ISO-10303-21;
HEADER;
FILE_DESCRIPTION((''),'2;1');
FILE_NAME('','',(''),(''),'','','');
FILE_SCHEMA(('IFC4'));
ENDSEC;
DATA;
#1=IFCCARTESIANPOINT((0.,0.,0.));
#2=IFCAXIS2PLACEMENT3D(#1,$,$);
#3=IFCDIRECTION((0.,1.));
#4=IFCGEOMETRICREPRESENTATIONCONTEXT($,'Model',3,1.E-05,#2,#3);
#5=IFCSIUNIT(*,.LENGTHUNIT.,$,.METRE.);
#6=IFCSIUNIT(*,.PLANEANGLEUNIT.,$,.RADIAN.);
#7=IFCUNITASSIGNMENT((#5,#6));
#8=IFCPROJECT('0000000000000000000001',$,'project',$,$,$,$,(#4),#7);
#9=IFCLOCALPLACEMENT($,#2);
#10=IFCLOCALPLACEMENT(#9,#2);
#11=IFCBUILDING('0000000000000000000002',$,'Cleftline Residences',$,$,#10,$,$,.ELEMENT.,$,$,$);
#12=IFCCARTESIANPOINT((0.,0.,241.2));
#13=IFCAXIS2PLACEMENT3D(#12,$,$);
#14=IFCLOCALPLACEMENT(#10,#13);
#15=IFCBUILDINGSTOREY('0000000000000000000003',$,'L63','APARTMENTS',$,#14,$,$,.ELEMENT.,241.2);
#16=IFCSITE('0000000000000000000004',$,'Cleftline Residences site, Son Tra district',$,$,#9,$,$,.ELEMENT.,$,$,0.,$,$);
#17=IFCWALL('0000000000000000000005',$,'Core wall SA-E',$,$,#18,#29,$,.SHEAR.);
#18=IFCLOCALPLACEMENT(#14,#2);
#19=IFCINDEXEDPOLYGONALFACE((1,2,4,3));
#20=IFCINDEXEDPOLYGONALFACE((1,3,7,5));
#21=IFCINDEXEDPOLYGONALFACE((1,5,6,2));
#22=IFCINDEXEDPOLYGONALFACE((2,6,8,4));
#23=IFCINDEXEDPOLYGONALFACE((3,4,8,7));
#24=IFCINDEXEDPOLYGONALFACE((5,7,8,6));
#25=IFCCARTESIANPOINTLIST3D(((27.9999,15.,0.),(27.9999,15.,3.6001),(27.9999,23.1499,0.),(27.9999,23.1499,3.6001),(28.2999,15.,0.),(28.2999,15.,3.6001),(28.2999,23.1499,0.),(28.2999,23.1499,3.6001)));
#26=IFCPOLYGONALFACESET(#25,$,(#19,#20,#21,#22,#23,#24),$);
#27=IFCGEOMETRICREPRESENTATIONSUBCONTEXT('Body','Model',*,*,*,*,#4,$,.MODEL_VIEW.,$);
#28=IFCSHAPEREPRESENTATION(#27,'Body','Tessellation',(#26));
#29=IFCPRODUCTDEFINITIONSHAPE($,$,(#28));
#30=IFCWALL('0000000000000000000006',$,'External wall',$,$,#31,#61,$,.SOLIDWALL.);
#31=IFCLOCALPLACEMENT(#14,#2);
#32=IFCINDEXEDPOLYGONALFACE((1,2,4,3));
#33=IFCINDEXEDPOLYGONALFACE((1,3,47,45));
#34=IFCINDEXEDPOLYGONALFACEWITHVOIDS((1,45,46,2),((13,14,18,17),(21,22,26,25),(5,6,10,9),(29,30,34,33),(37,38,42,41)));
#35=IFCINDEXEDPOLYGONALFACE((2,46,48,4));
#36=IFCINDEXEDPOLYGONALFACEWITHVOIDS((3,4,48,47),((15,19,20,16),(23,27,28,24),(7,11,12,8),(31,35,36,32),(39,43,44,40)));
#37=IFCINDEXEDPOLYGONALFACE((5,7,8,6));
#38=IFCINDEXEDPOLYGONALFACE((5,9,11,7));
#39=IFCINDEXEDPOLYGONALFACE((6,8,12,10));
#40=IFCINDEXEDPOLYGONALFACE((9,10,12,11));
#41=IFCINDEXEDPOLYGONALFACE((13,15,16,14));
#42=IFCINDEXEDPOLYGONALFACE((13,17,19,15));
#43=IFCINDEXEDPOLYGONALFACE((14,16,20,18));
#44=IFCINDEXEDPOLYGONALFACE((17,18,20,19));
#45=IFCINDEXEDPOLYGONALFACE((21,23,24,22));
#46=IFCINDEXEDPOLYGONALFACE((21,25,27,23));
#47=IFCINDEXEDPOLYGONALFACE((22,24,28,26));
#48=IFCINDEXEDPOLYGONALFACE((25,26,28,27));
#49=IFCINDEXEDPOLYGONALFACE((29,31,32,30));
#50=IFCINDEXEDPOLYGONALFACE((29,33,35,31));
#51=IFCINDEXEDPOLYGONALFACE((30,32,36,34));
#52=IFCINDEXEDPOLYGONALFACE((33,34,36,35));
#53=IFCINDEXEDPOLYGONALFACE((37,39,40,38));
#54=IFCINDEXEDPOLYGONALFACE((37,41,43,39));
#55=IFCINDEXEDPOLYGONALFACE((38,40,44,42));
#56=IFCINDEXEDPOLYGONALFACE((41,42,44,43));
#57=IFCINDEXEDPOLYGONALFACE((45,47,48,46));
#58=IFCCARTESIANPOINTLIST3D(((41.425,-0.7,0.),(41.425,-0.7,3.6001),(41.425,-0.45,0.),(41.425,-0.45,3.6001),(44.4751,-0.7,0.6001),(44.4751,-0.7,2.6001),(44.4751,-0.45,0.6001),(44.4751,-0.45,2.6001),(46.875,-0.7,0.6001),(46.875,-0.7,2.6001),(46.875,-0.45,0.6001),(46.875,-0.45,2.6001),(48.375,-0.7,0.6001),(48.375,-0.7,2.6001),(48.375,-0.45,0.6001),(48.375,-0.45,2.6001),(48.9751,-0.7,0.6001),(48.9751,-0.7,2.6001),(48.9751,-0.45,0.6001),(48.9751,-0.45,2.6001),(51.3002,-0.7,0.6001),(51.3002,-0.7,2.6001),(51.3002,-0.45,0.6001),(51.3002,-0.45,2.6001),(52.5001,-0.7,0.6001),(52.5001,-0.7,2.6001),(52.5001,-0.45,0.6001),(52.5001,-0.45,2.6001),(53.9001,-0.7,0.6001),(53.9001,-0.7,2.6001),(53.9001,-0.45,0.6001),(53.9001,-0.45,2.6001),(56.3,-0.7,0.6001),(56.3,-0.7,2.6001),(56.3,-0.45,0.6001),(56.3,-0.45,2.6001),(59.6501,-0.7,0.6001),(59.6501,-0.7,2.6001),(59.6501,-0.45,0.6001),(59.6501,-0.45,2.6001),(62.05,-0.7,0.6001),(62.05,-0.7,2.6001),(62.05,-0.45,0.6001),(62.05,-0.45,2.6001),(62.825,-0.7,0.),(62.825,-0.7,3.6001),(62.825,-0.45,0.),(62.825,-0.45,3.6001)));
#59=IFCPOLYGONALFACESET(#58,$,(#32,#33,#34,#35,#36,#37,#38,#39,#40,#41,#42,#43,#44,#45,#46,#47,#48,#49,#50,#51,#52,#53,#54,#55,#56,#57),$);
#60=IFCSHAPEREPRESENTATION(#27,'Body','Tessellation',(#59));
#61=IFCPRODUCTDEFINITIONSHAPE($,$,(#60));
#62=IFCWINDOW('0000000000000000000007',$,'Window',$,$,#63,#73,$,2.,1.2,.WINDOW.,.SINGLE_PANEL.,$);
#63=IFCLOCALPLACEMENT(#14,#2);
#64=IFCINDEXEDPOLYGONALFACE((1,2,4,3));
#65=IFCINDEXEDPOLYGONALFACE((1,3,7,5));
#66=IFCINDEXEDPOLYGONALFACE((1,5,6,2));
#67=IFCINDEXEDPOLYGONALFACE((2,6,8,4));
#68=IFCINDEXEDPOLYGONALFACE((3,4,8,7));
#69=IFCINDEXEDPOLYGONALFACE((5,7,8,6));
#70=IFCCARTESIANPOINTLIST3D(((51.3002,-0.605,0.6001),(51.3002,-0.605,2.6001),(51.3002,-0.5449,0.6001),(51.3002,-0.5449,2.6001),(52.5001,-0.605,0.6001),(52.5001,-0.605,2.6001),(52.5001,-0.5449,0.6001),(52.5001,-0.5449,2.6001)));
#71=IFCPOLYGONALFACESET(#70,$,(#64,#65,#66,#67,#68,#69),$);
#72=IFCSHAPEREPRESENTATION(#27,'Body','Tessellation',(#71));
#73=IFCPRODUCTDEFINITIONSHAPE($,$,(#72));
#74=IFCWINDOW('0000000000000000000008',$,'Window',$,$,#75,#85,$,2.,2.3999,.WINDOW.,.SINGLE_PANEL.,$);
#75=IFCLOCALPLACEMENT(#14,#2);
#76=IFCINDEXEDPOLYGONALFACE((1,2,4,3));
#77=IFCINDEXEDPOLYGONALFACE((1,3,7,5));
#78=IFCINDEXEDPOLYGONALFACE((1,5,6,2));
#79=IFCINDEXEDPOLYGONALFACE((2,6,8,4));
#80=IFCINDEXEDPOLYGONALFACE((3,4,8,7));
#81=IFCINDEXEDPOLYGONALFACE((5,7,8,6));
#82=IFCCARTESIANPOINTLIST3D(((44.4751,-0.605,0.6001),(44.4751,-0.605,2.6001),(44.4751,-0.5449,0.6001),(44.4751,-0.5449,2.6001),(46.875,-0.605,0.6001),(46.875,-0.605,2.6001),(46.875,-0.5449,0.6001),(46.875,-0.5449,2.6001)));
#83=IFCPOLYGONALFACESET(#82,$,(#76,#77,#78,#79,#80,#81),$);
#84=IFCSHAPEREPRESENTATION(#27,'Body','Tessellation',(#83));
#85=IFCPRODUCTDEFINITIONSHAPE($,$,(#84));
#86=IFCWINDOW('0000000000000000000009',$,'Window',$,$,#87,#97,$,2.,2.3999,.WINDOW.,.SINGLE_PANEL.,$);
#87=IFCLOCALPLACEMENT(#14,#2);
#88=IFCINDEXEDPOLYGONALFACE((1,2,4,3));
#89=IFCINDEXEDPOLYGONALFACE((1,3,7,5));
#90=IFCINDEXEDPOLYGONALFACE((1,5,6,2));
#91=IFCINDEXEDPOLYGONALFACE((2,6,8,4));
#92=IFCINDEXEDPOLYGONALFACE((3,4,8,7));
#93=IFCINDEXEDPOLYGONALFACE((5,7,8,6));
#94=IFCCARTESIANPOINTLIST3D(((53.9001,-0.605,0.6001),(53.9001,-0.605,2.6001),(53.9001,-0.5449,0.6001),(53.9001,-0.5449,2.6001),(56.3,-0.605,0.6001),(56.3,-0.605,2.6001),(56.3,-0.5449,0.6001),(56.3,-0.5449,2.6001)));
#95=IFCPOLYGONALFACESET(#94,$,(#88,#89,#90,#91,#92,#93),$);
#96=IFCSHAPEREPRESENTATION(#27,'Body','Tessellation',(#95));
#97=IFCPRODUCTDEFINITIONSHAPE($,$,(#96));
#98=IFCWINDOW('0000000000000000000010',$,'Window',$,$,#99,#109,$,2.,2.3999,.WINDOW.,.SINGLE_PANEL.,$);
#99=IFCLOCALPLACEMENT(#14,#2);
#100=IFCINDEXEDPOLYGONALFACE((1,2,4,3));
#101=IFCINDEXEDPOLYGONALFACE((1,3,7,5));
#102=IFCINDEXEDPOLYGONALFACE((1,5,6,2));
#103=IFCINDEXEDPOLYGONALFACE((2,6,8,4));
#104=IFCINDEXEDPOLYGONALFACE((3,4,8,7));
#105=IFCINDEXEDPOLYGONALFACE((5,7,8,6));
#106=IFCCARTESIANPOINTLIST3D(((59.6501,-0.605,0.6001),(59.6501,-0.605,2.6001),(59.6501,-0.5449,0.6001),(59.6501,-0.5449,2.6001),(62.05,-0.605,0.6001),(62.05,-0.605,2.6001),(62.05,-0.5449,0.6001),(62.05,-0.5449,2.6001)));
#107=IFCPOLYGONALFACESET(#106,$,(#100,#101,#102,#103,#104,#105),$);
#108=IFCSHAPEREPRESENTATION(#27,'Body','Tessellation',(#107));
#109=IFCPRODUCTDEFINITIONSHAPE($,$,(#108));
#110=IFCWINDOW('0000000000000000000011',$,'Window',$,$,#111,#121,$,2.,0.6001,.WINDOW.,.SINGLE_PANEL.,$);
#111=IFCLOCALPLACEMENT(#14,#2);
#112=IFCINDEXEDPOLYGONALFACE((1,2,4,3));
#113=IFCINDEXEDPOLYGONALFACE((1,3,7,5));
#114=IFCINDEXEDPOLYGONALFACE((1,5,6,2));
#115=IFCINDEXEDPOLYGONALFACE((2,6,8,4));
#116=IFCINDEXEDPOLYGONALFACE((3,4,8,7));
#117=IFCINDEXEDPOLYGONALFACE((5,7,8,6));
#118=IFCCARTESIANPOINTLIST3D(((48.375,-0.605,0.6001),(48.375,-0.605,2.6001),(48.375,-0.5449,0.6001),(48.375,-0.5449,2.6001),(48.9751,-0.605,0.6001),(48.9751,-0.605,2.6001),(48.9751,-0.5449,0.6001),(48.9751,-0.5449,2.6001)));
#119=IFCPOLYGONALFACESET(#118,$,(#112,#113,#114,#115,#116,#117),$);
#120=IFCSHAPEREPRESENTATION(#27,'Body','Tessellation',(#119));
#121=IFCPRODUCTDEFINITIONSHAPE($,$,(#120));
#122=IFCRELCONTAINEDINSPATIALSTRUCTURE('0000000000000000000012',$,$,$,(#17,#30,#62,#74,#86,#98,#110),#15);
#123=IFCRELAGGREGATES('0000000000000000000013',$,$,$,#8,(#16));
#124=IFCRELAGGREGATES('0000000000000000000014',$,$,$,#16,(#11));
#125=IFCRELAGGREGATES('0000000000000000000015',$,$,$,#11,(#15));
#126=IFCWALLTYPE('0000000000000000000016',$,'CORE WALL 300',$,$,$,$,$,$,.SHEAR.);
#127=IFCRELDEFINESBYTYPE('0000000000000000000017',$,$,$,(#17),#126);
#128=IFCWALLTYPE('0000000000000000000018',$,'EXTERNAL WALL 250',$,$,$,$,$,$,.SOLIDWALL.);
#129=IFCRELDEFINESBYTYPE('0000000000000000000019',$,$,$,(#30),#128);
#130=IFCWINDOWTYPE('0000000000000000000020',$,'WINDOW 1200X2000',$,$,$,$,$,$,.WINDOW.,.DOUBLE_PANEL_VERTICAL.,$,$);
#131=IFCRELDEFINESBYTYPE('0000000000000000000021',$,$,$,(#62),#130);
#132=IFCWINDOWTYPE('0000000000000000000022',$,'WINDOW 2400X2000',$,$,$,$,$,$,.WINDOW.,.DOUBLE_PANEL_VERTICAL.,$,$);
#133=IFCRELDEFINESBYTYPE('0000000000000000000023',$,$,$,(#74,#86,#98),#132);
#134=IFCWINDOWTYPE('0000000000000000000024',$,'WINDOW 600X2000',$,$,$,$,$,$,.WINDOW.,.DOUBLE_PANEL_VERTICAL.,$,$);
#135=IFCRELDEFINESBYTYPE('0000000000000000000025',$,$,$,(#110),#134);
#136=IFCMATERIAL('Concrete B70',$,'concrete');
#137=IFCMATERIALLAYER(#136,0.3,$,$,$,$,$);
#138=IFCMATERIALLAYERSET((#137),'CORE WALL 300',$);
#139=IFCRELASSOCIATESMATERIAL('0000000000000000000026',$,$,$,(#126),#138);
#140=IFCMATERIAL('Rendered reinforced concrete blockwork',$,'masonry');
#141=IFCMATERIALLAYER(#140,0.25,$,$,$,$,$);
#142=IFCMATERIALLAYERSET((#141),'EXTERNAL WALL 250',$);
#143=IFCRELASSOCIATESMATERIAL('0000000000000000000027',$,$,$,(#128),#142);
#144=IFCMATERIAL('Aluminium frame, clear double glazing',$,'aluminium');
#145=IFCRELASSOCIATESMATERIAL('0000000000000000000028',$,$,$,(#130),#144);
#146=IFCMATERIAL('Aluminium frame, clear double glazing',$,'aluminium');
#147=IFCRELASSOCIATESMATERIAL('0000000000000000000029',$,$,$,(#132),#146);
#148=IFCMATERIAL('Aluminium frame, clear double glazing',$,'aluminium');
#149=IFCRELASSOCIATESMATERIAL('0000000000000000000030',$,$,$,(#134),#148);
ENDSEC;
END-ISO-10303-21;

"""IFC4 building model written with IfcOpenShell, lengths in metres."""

from ifc_helpers import new_model, si_unit, direction, frame, frame_2d, origin, place, context, subcontext, project, spatial, rectangle, extrude, material, layer, layer_set, type_object, element, fill, save


model = new_model("IFC4")

# Units and contexts
model_context = context("Model", 3, precision=1e-05, world=origin(), true_north=direction((0.0, 1.0)))
body_context = subcontext(model_context, "Body", "Model", "MODEL_VIEW")
ifc_project = project(units=[si_unit("LENGTHUNIT", "METRE"), si_unit("PLANEANGLEUNIT", "RADIAN")], contexts=[model_context])

# Site, building, storey
site_placement = place(None, origin())
site = spatial("IfcSite", under=ifc_project, at=site_placement, Name="Cleftline Residences site, Son Tra district", CompositionType="ELEMENT", RefElevation=0.0)
building_placement = place(site_placement, origin())
building = spatial("IfcBuilding", under=site, at=building_placement, Name="Cleftline Residences", CompositionType="ELEMENT")
storey_placement = place(building_placement, frame((0.0, 0.0, 241.2)))
storey = spatial("IfcBuildingStorey", under=building, at=storey_placement, Name="L63", Description="APARTMENTS", CompositionType="ELEMENT", Elevation=241.2)

# Wall
ifc_material_1 = material(Name="Concrete B70", Category="concrete")
ifc_layer_1 = layer(ifc_material_1, 0.3)
ifc_layer_set_1 = layer_set([ifc_layer_1], Name="CORE WALL 300")
wall_type_1 = type_object("IfcWallType", Name="CORE WALL 300", PredefinedType="SHEAR", material=ifc_layer_set_1)
wall_1_placement = place(storey_placement, frame((28.1499, 15.0, 0.0), z_axis=(0.0, 0.0, 1.0), x_axis=(0.0, 1.0, 0.0)))
element("IfcWall", 1, at=wall_1_placement, inside=storey, type_object=wall_type_1, Name="Core wall SA-E", PredefinedType="SHEAR", context=body_context, shape_type="SweptSolid", body=[
    extrude(rectangle(XDim=8.1499, YDim=0.3, at=frame_2d((4.075, 0.0))), origin(), (0.0, 0.0, 1.0), 3.6001),
])

# Wall, openings, windows
ifc_material_2 = material(Name="Rendered reinforced concrete blockwork", Category="masonry")
ifc_layer_2 = layer(ifc_material_2, 0.25)
ifc_layer_set_2 = layer_set([ifc_layer_2], Name="EXTERNAL WALL 250")
wall_type_2 = type_object("IfcWallType", Name="EXTERNAL WALL 250", PredefinedType="SOLIDWALL", material=ifc_layer_set_2)
wall_2_placement = place(storey_placement, frame((41.425, -0.575, 0.0), z_axis=(0.0, 0.0, 1.0), x_axis=(1.0, 0.0, 0.0)))
wall_2 = element("IfcWall", 2, at=wall_2_placement, inside=storey, type_object=wall_type_2, Name="External wall", PredefinedType="SOLIDWALL", context=body_context, shape_type="SweptSolid", body=[
    extrude(rectangle(XDim=21.3999, YDim=0.25, at=frame_2d((10.7, 0.0))), origin(), (0.0, 0.0, 1.0), 3.6001),
])
opening_1_placement = place(wall_2_placement, frame((3.05, 0.0, 0.6001)))
opening_1 = element("IfcOpeningElement", 3, at=opening_1_placement, cuts=wall_2, PredefinedType="OPENING", context=body_context, shape_type="SweptSolid", body=[
    extrude(rectangle(XDim=2.3999, YDim=2.0, at=frame_2d((1.2, 1.0))), frame((0.0, 0.135, 0.0), z_axis=(0.0, -1.0, 0.0), x_axis=(1.0, 0.0, 0.0)), (0.0, 0.0, 1.0), 0.27),
])
opening_2_placement = place(wall_2_placement, frame((6.95, 0.0, 0.6001)))
opening_2 = element("IfcOpeningElement", 4, at=opening_2_placement, cuts=wall_2, PredefinedType="OPENING", context=body_context, shape_type="SweptSolid", body=[
    extrude(rectangle(XDim=0.6001, YDim=2.0, at=frame_2d((0.3, 1.0))), frame((0.0, 0.135, 0.0), z_axis=(0.0, -1.0, 0.0), x_axis=(1.0, 0.0, 0.0)), (0.0, 0.0, 1.0), 0.27),
])
opening_3_placement = place(wall_2_placement, frame((9.875, 0.0, 0.6001)))
opening_3 = element("IfcOpeningElement", 5, at=opening_3_placement, cuts=wall_2, PredefinedType="OPENING", context=body_context, shape_type="SweptSolid", body=[
    extrude(rectangle(XDim=1.2, YDim=2.0, at=frame_2d((0.6001, 1.0))), frame((0.0, 0.135, 0.0), z_axis=(0.0, -1.0, 0.0), x_axis=(1.0, 0.0, 0.0)), (0.0, 0.0, 1.0), 0.27),
])
opening_4_placement = place(wall_2_placement, frame((12.4751, 0.0, 0.6001)))
opening_4 = element("IfcOpeningElement", 6, at=opening_4_placement, cuts=wall_2, PredefinedType="OPENING", context=body_context, shape_type="SweptSolid", body=[
    extrude(rectangle(XDim=2.3999, YDim=2.0, at=frame_2d((1.2, 1.0))), frame((0.0, 0.135, 0.0), z_axis=(0.0, -1.0, 0.0), x_axis=(1.0, 0.0, 0.0)), (0.0, 0.0, 1.0), 0.27),
])
opening_5_placement = place(wall_2_placement, frame((18.2251, 0.0, 0.6001)))
opening_5 = element("IfcOpeningElement", 7, at=opening_5_placement, cuts=wall_2, PredefinedType="OPENING", context=body_context, shape_type="SweptSolid", body=[
    extrude(rectangle(XDim=2.3999, YDim=2.0, at=frame_2d((1.2, 1.0))), frame((0.0, 0.135, 0.0), z_axis=(0.0, -1.0, 0.0), x_axis=(1.0, 0.0, 0.0)), (0.0, 0.0, 1.0), 0.27),
])
ifc_material_3 = material(Name="Aluminium frame, clear double glazing", Category="aluminium")
window_type_1 = type_object("IfcWindowType", Name="WINDOW 1200X2000", PartitioningType="DOUBLE_PANEL_VERTICAL", PredefinedType="WINDOW", material=ifc_material_3)
window_1_placement = place(opening_3_placement, origin())
window_1 = element("IfcWindow", 8, at=window_1_placement, inside=storey, type_object=window_type_1, Name="Window", OverallHeight=2.0, OverallWidth=1.2, PartitioningType="SINGLE_PANEL", PredefinedType="WINDOW", context=body_context, shape_type="SweptSolid", body=[
    extrude(rectangle(XDim=1.2, YDim=2.0, at=frame_2d((0.6001, 1.0))), frame((0.0, 0.03, 0.0), z_axis=(0.0, -1.0, 0.0), x_axis=(1.0, 0.0, 0.0)), (0.0, 0.0, 1.0), 0.0601),
])
fill(opening_3, window_1)
ifc_material_4 = material(Name="Aluminium frame, clear double glazing", Category="aluminium")
window_type_2 = type_object("IfcWindowType", Name="WINDOW 2400X2000", PartitioningType="DOUBLE_PANEL_VERTICAL", PredefinedType="WINDOW", material=ifc_material_4)
window_2_placement = place(opening_1_placement, origin())
window_2 = element("IfcWindow", 9, at=window_2_placement, inside=storey, type_object=window_type_2, Name="Window", OverallHeight=2.0, OverallWidth=2.3999, PartitioningType="SINGLE_PANEL", PredefinedType="WINDOW", context=body_context, shape_type="SweptSolid", body=[
    extrude(rectangle(XDim=2.3999, YDim=2.0, at=frame_2d((1.2, 1.0))), frame((0.0, 0.03, 0.0), z_axis=(0.0, -1.0, 0.0), x_axis=(1.0, 0.0, 0.0)), (0.0, 0.0, 1.0), 0.0601),
])
fill(opening_1, window_2)
window_3_placement = place(opening_4_placement, origin())
window_3 = element("IfcWindow", 10, at=window_3_placement, inside=storey, type_object=window_type_2, Name="Window", OverallHeight=2.0, OverallWidth=2.3999, PartitioningType="SINGLE_PANEL", PredefinedType="WINDOW", context=body_context, shape_type="SweptSolid", body=[
    extrude(rectangle(XDim=2.3999, YDim=2.0, at=frame_2d((1.2, 1.0))), frame((0.0, 0.03, 0.0), z_axis=(0.0, -1.0, 0.0), x_axis=(1.0, 0.0, 0.0)), (0.0, 0.0, 1.0), 0.0601),
])
fill(opening_4, window_3)
window_4_placement = place(opening_5_placement, origin())
window_4 = element("IfcWindow", 11, at=window_4_placement, inside=storey, type_object=window_type_2, Name="Window", OverallHeight=2.0, OverallWidth=2.3999, PartitioningType="SINGLE_PANEL", PredefinedType="WINDOW", context=body_context, shape_type="SweptSolid", body=[
    extrude(rectangle(XDim=2.3999, YDim=2.0, at=frame_2d((1.2, 1.0))), frame((0.0, 0.03, 0.0), z_axis=(0.0, -1.0, 0.0), x_axis=(1.0, 0.0, 0.0)), (0.0, 0.0, 1.0), 0.0601),
])
fill(opening_5, window_4)
ifc_material_5 = material(Name="Aluminium frame, clear double glazing", Category="aluminium")
window_type_3 = type_object("IfcWindowType", Name="WINDOW 600X2000", PartitioningType="DOUBLE_PANEL_VERTICAL", PredefinedType="WINDOW", material=ifc_material_5)
window_5_placement = place(opening_2_placement, origin())
window_5 = element("IfcWindow", 12, at=window_5_placement, inside=storey, type_object=window_type_3, Name="Window", OverallHeight=2.0, OverallWidth=0.6001, PartitioningType="SINGLE_PANEL", PredefinedType="WINDOW", context=body_context, shape_type="SweptSolid", body=[
    extrude(rectangle(XDim=0.6001, YDim=2.0, at=frame_2d((0.3, 1.0))), frame((0.0, 0.03, 0.0), z_axis=(0.0, -1.0, 0.0), x_axis=(1.0, 0.0, 0.0)), (0.0, 0.0, 1.0), 0.0601),
])
fill(opening_2, window_5)

save(model, "model.ifc")
